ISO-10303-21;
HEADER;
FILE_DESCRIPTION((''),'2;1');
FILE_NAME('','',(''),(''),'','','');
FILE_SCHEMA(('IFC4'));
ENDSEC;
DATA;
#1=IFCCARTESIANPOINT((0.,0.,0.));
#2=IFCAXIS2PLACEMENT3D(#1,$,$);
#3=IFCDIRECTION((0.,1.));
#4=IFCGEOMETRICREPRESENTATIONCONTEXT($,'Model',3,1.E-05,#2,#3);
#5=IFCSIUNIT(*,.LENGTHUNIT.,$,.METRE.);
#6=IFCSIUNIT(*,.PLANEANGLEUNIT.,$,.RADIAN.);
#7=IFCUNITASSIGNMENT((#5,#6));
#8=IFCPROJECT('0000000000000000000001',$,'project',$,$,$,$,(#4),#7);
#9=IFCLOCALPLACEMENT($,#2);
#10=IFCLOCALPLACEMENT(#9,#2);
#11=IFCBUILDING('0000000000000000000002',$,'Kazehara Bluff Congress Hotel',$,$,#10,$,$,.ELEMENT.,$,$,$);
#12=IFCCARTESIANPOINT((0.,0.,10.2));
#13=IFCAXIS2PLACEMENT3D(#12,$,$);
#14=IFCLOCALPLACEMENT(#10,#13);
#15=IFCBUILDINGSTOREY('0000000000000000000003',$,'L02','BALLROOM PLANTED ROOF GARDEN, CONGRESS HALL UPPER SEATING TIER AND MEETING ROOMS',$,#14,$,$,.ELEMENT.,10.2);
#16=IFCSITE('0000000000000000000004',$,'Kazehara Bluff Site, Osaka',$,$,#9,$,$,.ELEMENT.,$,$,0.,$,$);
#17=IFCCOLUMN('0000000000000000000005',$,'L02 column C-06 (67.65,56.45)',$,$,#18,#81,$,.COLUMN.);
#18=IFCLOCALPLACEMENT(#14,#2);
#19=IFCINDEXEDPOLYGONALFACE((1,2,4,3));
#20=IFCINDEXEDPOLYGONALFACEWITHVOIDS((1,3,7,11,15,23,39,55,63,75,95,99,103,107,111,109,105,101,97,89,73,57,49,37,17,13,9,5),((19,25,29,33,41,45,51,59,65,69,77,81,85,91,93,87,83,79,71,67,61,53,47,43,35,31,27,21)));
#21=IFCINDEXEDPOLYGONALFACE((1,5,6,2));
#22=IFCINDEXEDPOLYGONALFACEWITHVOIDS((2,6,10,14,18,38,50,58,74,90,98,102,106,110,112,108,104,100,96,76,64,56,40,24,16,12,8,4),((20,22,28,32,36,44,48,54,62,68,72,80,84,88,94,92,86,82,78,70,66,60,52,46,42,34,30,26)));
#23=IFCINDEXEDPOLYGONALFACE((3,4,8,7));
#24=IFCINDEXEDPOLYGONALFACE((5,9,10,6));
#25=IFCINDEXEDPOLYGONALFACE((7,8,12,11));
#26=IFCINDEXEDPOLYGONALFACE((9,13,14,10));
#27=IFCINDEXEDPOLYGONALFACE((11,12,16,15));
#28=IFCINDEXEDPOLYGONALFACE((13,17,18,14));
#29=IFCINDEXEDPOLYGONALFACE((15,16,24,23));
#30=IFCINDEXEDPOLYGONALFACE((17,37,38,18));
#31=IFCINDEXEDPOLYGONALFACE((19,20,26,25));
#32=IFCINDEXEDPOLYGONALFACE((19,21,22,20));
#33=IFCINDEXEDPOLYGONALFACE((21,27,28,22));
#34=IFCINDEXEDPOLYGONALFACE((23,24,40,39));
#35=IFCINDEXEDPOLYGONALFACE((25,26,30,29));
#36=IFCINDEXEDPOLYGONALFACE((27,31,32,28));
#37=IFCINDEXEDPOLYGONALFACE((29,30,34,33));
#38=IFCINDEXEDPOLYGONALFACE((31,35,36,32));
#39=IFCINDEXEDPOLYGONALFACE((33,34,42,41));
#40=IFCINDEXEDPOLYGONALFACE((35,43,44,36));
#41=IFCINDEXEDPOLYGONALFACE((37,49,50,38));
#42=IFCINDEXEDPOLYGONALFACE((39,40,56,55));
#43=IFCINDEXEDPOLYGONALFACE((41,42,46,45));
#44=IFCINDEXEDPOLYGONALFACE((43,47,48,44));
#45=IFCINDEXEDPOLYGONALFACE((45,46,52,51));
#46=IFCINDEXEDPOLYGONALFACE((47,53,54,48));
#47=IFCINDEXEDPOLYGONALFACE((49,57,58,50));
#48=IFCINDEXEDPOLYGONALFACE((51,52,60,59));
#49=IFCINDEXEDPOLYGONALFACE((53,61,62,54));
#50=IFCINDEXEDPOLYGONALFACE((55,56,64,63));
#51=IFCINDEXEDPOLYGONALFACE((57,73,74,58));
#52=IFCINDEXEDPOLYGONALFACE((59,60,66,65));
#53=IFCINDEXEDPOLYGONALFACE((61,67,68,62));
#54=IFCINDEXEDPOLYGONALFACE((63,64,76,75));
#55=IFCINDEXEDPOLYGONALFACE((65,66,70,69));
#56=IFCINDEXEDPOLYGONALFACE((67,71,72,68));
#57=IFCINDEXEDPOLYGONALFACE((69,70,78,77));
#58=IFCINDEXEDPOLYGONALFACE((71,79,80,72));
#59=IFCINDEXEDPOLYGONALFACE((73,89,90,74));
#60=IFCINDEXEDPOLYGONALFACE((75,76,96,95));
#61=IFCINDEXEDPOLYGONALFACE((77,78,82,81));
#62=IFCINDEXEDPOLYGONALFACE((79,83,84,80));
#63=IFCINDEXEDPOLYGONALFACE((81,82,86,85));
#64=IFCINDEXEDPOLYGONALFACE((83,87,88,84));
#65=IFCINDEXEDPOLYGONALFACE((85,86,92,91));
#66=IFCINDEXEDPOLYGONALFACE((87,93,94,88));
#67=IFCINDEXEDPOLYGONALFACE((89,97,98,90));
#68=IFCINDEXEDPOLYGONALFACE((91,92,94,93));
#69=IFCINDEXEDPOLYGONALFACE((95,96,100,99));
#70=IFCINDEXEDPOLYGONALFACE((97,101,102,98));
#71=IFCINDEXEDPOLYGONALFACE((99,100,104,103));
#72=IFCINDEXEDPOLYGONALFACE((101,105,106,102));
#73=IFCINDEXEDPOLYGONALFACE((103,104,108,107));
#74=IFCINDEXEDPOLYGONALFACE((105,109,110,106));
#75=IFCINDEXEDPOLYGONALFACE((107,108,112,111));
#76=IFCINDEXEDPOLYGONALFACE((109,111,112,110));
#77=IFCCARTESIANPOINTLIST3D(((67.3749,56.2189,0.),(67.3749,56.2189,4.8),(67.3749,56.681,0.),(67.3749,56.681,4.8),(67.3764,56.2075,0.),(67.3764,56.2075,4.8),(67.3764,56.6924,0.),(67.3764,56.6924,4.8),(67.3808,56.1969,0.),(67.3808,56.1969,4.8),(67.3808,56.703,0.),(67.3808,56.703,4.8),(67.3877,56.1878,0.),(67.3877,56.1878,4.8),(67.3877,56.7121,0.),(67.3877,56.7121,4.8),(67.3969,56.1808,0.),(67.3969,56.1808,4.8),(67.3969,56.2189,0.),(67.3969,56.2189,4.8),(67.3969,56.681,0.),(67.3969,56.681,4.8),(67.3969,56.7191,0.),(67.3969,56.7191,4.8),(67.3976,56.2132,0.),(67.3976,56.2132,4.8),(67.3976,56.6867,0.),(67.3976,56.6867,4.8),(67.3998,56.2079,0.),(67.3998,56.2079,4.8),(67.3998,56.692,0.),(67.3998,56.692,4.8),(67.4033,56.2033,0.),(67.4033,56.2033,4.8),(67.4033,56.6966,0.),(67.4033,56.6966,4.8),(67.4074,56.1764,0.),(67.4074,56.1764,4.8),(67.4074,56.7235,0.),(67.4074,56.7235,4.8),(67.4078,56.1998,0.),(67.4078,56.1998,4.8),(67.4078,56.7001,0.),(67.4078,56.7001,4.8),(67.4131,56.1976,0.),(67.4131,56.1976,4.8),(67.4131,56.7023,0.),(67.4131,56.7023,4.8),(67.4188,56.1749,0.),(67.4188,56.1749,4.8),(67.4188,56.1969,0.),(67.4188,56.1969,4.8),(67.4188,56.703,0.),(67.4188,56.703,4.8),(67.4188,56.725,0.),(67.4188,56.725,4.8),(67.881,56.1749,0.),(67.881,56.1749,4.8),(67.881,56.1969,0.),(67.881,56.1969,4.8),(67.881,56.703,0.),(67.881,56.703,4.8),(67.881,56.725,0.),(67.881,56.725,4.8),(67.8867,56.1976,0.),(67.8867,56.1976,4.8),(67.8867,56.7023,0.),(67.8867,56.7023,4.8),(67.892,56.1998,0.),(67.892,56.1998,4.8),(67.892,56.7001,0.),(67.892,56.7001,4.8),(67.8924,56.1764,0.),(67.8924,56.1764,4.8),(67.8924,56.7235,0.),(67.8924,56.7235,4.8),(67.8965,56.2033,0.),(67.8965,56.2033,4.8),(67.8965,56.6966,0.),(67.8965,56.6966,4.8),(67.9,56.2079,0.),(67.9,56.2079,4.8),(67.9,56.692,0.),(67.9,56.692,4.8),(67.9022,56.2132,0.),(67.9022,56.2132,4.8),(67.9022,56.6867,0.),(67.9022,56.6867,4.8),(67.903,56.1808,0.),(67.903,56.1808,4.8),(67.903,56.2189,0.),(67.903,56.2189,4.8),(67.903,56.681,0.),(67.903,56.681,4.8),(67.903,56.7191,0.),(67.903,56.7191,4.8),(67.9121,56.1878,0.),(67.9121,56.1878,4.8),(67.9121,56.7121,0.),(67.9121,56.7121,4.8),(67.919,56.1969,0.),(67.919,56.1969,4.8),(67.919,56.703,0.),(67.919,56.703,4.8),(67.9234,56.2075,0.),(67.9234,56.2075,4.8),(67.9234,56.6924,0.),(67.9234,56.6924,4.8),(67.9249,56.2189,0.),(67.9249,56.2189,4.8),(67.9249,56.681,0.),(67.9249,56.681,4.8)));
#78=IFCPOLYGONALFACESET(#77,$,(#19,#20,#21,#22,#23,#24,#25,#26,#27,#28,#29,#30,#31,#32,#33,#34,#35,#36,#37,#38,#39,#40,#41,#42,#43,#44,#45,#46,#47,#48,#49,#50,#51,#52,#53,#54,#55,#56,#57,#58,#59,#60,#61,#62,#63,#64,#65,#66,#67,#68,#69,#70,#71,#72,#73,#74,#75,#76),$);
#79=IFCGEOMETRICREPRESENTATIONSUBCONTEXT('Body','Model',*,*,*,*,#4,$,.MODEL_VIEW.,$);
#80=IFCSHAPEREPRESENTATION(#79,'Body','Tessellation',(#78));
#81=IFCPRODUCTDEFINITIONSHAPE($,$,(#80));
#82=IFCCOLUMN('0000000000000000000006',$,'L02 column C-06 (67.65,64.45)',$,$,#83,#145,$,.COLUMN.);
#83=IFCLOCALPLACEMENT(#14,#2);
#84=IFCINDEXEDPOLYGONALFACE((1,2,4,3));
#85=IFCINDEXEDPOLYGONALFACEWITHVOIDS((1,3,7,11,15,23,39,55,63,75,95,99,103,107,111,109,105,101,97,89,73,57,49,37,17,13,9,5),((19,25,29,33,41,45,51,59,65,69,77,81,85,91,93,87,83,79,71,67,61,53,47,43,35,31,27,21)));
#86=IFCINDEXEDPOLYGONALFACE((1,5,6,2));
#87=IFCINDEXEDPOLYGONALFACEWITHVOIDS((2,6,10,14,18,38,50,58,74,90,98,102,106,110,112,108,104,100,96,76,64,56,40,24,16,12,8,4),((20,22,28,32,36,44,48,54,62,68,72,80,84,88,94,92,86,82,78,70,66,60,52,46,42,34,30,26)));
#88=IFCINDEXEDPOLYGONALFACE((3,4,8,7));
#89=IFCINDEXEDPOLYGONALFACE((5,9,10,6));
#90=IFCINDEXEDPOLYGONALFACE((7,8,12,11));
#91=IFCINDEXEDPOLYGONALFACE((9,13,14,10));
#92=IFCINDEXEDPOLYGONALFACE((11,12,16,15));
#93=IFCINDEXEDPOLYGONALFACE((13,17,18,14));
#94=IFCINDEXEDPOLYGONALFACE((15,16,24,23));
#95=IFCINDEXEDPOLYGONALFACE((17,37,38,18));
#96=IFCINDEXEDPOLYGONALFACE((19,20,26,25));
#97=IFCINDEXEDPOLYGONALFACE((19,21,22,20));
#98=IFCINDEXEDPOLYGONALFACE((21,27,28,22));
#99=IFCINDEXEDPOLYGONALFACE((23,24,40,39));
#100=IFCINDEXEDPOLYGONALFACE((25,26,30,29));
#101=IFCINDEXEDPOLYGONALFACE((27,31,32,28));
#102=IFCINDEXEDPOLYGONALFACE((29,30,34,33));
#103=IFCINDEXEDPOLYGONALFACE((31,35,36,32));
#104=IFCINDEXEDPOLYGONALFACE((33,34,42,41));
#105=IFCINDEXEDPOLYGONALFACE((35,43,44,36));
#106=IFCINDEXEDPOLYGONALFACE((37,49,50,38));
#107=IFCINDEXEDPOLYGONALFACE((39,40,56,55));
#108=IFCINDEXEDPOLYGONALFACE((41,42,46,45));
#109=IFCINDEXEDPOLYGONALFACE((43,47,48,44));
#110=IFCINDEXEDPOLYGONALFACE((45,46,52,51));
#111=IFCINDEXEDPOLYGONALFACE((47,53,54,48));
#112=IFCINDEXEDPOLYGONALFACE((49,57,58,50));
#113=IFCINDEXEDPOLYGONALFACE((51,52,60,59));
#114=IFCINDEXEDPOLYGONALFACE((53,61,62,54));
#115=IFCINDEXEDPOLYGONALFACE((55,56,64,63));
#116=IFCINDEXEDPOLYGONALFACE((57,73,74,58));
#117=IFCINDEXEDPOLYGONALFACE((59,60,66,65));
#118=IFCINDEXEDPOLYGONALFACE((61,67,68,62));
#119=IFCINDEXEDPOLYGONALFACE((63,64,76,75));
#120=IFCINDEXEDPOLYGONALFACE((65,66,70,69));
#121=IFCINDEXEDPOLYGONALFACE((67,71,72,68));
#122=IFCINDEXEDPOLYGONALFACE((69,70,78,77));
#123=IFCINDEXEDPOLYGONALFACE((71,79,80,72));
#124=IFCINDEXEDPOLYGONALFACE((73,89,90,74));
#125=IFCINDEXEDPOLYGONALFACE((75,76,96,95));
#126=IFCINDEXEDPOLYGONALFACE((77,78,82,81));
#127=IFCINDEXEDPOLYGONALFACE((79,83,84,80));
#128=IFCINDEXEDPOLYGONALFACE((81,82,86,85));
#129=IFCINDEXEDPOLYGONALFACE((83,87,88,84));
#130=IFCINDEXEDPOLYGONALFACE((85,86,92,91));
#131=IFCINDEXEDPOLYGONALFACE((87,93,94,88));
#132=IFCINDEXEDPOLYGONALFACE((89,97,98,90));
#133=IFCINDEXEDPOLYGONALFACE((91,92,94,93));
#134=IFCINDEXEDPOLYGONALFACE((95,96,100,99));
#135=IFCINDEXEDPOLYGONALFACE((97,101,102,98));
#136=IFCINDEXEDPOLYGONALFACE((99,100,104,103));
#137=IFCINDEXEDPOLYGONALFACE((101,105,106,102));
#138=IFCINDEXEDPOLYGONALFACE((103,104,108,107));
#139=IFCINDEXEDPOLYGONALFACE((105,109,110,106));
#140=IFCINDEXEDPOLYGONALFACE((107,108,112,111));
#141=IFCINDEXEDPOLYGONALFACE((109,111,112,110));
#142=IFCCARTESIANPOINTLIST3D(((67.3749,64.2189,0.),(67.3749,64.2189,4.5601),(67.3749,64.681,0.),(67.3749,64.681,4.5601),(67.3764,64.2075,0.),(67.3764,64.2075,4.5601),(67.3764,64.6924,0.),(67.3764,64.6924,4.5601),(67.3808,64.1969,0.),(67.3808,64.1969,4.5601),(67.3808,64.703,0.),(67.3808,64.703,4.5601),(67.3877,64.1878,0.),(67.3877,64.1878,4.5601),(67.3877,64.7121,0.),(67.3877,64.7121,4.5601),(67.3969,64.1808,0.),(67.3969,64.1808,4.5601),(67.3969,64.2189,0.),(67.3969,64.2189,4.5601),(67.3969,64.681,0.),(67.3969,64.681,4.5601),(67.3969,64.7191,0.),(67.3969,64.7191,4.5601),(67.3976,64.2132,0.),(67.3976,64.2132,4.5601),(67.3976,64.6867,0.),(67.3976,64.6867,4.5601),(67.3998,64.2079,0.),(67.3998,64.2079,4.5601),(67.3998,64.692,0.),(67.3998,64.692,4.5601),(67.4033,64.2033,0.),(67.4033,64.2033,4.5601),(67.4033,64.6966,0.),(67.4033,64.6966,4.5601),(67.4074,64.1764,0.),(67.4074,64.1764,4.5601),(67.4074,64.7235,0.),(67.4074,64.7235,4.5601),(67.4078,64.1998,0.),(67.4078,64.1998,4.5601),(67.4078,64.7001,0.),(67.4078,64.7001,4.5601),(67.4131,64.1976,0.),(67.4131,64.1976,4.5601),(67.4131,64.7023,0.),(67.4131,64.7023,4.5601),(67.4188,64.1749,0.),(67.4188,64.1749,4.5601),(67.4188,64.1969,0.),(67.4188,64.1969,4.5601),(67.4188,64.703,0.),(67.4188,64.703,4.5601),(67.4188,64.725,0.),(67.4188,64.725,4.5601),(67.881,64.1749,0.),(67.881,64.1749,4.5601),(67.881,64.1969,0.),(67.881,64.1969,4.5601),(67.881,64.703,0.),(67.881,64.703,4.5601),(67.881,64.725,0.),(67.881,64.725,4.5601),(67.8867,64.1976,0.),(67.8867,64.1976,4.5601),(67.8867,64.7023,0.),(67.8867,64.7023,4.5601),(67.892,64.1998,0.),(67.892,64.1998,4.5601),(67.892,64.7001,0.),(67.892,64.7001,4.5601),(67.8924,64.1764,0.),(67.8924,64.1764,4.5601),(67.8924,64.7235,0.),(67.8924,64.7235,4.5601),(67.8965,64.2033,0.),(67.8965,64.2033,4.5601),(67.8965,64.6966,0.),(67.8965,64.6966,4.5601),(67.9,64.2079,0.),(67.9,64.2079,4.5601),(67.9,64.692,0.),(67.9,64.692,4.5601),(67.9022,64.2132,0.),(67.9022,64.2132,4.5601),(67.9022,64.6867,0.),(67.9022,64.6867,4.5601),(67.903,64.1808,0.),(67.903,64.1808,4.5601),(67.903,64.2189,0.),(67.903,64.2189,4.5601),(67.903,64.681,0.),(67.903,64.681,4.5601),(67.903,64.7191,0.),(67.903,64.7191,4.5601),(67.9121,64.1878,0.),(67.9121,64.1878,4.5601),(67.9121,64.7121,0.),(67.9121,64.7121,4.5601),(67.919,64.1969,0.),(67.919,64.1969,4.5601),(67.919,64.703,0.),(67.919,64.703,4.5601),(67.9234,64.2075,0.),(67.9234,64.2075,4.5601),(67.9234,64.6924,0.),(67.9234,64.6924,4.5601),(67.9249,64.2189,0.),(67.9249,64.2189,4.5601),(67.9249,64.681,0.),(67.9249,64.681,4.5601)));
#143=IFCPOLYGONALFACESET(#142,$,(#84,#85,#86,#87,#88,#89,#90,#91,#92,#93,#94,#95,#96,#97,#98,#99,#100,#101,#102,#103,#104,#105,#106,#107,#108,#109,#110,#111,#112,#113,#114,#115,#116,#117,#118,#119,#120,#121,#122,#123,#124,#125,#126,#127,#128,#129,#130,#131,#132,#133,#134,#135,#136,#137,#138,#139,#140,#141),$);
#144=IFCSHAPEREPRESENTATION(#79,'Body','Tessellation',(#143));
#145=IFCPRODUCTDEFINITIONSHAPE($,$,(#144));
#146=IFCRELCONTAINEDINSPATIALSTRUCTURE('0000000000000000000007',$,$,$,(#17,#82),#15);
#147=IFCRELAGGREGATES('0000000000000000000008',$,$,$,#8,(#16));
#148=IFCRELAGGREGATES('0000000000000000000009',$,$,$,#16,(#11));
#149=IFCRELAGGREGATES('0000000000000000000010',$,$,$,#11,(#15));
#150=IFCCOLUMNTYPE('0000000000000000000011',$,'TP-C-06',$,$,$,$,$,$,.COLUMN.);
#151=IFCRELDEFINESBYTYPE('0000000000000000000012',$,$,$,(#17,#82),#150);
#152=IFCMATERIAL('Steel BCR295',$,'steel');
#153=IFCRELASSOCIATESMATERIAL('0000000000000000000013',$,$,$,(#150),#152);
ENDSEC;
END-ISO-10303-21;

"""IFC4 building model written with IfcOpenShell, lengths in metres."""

from ifc_helpers import new_model, si_unit, direction, frame, origin, origin_2d, place, context, subcontext, project, spatial, hollow_rectangle, extrude, material, material_profile, profile_set, type_object, element, save


model = new_model("IFC4")

# Units and contexts
model_context = context("Model", 3, precision=1e-05, world=origin(), true_north=direction((0.0, 1.0)))
body_context = subcontext(model_context, "Body", "Model", "MODEL_VIEW")
ifc_project = project(units=[si_unit("LENGTHUNIT", "METRE"), si_unit("PLANEANGLEUNIT", "RADIAN")], contexts=[model_context])

# Site, building, storey
site_placement = place(None, origin())
site = spatial("IfcSite", under=ifc_project, at=site_placement, Name="Kazehara Bluff Site, Osaka", CompositionType="ELEMENT", RefElevation=0.0)
building_placement = place(site_placement, origin())
building = spatial("IfcBuilding", under=site, at=building_placement, Name="Kazehara Bluff Congress Hotel", CompositionType="ELEMENT")
storey_placement = place(building_placement, frame((0.0, 0.0, 10.2)))
storey = spatial("IfcBuildingStorey", under=building, at=storey_placement, Name="L02", Description="BALLROOM PLANTED ROOF GARDEN, CONGRESS HALL UPPER SEATING TIER AND MEETING ROOMS", CompositionType="ELEMENT", Elevation=10.2)

# Columns
ifc_material_1 = material(Name="Steel BCR295", Category="steel")
ifc_material_profile_1 = material_profile(ifc_material_1, hollow_rectangle(XDim=0.55, YDim=0.55, WallThickness=0.022, InnerFilletRadius=0.022, OuterFilletRadius=0.0439, at=origin_2d()))
ifc_profile_set_1 = profile_set([ifc_material_profile_1], Name="Steel BCR295")
column_type = type_object("IfcColumnType", Name="TP-C-06", PredefinedType="COLUMN", material=ifc_profile_set_1)
column_placement = place(storey_placement, frame((67.6499, 56.45, 0.0), z_axis=(0.0, 0.0, 1.0), x_axis=(1.0, 0.0, 0.0)))
element("IfcColumn", 1, at=column_placement, inside=storey, type_object=column_type, Name="L02 column C-06 (67.65,56.45)", PredefinedType="COLUMN", context=body_context, shape_type="SweptSolid", body=[
    extrude(hollow_rectangle(XDim=0.55, YDim=0.55, WallThickness=0.022, InnerFilletRadius=0.022, OuterFilletRadius=0.0439, at=origin_2d()), origin(), (0.0, 0.0, 1.0), 4.8),
])
for number, where, z_axis, x_axis, name in (
    (2, (67.6499, 64.45, 0.0), (0.0, 0.0, 1.0), (1.0, 0.0, 0.0), "L02 column C-06 (67.65,64.45)"),
):
    element("IfcColumn", number, at=place(storey_placement, frame(where, z_axis=z_axis, x_axis=x_axis)), inside=storey, type_object=column_type, Name=name, PredefinedType="COLUMN", context=body_context, shape_type="SweptSolid", body=[
        extrude(hollow_rectangle(XDim=0.55, YDim=0.55, WallThickness=0.022, InnerFilletRadius=0.022, OuterFilletRadius=0.0439, at=origin_2d()), origin(), (0.0, 0.0, 1.0), 4.5601),
    ])

save(model, "model.ifc")
